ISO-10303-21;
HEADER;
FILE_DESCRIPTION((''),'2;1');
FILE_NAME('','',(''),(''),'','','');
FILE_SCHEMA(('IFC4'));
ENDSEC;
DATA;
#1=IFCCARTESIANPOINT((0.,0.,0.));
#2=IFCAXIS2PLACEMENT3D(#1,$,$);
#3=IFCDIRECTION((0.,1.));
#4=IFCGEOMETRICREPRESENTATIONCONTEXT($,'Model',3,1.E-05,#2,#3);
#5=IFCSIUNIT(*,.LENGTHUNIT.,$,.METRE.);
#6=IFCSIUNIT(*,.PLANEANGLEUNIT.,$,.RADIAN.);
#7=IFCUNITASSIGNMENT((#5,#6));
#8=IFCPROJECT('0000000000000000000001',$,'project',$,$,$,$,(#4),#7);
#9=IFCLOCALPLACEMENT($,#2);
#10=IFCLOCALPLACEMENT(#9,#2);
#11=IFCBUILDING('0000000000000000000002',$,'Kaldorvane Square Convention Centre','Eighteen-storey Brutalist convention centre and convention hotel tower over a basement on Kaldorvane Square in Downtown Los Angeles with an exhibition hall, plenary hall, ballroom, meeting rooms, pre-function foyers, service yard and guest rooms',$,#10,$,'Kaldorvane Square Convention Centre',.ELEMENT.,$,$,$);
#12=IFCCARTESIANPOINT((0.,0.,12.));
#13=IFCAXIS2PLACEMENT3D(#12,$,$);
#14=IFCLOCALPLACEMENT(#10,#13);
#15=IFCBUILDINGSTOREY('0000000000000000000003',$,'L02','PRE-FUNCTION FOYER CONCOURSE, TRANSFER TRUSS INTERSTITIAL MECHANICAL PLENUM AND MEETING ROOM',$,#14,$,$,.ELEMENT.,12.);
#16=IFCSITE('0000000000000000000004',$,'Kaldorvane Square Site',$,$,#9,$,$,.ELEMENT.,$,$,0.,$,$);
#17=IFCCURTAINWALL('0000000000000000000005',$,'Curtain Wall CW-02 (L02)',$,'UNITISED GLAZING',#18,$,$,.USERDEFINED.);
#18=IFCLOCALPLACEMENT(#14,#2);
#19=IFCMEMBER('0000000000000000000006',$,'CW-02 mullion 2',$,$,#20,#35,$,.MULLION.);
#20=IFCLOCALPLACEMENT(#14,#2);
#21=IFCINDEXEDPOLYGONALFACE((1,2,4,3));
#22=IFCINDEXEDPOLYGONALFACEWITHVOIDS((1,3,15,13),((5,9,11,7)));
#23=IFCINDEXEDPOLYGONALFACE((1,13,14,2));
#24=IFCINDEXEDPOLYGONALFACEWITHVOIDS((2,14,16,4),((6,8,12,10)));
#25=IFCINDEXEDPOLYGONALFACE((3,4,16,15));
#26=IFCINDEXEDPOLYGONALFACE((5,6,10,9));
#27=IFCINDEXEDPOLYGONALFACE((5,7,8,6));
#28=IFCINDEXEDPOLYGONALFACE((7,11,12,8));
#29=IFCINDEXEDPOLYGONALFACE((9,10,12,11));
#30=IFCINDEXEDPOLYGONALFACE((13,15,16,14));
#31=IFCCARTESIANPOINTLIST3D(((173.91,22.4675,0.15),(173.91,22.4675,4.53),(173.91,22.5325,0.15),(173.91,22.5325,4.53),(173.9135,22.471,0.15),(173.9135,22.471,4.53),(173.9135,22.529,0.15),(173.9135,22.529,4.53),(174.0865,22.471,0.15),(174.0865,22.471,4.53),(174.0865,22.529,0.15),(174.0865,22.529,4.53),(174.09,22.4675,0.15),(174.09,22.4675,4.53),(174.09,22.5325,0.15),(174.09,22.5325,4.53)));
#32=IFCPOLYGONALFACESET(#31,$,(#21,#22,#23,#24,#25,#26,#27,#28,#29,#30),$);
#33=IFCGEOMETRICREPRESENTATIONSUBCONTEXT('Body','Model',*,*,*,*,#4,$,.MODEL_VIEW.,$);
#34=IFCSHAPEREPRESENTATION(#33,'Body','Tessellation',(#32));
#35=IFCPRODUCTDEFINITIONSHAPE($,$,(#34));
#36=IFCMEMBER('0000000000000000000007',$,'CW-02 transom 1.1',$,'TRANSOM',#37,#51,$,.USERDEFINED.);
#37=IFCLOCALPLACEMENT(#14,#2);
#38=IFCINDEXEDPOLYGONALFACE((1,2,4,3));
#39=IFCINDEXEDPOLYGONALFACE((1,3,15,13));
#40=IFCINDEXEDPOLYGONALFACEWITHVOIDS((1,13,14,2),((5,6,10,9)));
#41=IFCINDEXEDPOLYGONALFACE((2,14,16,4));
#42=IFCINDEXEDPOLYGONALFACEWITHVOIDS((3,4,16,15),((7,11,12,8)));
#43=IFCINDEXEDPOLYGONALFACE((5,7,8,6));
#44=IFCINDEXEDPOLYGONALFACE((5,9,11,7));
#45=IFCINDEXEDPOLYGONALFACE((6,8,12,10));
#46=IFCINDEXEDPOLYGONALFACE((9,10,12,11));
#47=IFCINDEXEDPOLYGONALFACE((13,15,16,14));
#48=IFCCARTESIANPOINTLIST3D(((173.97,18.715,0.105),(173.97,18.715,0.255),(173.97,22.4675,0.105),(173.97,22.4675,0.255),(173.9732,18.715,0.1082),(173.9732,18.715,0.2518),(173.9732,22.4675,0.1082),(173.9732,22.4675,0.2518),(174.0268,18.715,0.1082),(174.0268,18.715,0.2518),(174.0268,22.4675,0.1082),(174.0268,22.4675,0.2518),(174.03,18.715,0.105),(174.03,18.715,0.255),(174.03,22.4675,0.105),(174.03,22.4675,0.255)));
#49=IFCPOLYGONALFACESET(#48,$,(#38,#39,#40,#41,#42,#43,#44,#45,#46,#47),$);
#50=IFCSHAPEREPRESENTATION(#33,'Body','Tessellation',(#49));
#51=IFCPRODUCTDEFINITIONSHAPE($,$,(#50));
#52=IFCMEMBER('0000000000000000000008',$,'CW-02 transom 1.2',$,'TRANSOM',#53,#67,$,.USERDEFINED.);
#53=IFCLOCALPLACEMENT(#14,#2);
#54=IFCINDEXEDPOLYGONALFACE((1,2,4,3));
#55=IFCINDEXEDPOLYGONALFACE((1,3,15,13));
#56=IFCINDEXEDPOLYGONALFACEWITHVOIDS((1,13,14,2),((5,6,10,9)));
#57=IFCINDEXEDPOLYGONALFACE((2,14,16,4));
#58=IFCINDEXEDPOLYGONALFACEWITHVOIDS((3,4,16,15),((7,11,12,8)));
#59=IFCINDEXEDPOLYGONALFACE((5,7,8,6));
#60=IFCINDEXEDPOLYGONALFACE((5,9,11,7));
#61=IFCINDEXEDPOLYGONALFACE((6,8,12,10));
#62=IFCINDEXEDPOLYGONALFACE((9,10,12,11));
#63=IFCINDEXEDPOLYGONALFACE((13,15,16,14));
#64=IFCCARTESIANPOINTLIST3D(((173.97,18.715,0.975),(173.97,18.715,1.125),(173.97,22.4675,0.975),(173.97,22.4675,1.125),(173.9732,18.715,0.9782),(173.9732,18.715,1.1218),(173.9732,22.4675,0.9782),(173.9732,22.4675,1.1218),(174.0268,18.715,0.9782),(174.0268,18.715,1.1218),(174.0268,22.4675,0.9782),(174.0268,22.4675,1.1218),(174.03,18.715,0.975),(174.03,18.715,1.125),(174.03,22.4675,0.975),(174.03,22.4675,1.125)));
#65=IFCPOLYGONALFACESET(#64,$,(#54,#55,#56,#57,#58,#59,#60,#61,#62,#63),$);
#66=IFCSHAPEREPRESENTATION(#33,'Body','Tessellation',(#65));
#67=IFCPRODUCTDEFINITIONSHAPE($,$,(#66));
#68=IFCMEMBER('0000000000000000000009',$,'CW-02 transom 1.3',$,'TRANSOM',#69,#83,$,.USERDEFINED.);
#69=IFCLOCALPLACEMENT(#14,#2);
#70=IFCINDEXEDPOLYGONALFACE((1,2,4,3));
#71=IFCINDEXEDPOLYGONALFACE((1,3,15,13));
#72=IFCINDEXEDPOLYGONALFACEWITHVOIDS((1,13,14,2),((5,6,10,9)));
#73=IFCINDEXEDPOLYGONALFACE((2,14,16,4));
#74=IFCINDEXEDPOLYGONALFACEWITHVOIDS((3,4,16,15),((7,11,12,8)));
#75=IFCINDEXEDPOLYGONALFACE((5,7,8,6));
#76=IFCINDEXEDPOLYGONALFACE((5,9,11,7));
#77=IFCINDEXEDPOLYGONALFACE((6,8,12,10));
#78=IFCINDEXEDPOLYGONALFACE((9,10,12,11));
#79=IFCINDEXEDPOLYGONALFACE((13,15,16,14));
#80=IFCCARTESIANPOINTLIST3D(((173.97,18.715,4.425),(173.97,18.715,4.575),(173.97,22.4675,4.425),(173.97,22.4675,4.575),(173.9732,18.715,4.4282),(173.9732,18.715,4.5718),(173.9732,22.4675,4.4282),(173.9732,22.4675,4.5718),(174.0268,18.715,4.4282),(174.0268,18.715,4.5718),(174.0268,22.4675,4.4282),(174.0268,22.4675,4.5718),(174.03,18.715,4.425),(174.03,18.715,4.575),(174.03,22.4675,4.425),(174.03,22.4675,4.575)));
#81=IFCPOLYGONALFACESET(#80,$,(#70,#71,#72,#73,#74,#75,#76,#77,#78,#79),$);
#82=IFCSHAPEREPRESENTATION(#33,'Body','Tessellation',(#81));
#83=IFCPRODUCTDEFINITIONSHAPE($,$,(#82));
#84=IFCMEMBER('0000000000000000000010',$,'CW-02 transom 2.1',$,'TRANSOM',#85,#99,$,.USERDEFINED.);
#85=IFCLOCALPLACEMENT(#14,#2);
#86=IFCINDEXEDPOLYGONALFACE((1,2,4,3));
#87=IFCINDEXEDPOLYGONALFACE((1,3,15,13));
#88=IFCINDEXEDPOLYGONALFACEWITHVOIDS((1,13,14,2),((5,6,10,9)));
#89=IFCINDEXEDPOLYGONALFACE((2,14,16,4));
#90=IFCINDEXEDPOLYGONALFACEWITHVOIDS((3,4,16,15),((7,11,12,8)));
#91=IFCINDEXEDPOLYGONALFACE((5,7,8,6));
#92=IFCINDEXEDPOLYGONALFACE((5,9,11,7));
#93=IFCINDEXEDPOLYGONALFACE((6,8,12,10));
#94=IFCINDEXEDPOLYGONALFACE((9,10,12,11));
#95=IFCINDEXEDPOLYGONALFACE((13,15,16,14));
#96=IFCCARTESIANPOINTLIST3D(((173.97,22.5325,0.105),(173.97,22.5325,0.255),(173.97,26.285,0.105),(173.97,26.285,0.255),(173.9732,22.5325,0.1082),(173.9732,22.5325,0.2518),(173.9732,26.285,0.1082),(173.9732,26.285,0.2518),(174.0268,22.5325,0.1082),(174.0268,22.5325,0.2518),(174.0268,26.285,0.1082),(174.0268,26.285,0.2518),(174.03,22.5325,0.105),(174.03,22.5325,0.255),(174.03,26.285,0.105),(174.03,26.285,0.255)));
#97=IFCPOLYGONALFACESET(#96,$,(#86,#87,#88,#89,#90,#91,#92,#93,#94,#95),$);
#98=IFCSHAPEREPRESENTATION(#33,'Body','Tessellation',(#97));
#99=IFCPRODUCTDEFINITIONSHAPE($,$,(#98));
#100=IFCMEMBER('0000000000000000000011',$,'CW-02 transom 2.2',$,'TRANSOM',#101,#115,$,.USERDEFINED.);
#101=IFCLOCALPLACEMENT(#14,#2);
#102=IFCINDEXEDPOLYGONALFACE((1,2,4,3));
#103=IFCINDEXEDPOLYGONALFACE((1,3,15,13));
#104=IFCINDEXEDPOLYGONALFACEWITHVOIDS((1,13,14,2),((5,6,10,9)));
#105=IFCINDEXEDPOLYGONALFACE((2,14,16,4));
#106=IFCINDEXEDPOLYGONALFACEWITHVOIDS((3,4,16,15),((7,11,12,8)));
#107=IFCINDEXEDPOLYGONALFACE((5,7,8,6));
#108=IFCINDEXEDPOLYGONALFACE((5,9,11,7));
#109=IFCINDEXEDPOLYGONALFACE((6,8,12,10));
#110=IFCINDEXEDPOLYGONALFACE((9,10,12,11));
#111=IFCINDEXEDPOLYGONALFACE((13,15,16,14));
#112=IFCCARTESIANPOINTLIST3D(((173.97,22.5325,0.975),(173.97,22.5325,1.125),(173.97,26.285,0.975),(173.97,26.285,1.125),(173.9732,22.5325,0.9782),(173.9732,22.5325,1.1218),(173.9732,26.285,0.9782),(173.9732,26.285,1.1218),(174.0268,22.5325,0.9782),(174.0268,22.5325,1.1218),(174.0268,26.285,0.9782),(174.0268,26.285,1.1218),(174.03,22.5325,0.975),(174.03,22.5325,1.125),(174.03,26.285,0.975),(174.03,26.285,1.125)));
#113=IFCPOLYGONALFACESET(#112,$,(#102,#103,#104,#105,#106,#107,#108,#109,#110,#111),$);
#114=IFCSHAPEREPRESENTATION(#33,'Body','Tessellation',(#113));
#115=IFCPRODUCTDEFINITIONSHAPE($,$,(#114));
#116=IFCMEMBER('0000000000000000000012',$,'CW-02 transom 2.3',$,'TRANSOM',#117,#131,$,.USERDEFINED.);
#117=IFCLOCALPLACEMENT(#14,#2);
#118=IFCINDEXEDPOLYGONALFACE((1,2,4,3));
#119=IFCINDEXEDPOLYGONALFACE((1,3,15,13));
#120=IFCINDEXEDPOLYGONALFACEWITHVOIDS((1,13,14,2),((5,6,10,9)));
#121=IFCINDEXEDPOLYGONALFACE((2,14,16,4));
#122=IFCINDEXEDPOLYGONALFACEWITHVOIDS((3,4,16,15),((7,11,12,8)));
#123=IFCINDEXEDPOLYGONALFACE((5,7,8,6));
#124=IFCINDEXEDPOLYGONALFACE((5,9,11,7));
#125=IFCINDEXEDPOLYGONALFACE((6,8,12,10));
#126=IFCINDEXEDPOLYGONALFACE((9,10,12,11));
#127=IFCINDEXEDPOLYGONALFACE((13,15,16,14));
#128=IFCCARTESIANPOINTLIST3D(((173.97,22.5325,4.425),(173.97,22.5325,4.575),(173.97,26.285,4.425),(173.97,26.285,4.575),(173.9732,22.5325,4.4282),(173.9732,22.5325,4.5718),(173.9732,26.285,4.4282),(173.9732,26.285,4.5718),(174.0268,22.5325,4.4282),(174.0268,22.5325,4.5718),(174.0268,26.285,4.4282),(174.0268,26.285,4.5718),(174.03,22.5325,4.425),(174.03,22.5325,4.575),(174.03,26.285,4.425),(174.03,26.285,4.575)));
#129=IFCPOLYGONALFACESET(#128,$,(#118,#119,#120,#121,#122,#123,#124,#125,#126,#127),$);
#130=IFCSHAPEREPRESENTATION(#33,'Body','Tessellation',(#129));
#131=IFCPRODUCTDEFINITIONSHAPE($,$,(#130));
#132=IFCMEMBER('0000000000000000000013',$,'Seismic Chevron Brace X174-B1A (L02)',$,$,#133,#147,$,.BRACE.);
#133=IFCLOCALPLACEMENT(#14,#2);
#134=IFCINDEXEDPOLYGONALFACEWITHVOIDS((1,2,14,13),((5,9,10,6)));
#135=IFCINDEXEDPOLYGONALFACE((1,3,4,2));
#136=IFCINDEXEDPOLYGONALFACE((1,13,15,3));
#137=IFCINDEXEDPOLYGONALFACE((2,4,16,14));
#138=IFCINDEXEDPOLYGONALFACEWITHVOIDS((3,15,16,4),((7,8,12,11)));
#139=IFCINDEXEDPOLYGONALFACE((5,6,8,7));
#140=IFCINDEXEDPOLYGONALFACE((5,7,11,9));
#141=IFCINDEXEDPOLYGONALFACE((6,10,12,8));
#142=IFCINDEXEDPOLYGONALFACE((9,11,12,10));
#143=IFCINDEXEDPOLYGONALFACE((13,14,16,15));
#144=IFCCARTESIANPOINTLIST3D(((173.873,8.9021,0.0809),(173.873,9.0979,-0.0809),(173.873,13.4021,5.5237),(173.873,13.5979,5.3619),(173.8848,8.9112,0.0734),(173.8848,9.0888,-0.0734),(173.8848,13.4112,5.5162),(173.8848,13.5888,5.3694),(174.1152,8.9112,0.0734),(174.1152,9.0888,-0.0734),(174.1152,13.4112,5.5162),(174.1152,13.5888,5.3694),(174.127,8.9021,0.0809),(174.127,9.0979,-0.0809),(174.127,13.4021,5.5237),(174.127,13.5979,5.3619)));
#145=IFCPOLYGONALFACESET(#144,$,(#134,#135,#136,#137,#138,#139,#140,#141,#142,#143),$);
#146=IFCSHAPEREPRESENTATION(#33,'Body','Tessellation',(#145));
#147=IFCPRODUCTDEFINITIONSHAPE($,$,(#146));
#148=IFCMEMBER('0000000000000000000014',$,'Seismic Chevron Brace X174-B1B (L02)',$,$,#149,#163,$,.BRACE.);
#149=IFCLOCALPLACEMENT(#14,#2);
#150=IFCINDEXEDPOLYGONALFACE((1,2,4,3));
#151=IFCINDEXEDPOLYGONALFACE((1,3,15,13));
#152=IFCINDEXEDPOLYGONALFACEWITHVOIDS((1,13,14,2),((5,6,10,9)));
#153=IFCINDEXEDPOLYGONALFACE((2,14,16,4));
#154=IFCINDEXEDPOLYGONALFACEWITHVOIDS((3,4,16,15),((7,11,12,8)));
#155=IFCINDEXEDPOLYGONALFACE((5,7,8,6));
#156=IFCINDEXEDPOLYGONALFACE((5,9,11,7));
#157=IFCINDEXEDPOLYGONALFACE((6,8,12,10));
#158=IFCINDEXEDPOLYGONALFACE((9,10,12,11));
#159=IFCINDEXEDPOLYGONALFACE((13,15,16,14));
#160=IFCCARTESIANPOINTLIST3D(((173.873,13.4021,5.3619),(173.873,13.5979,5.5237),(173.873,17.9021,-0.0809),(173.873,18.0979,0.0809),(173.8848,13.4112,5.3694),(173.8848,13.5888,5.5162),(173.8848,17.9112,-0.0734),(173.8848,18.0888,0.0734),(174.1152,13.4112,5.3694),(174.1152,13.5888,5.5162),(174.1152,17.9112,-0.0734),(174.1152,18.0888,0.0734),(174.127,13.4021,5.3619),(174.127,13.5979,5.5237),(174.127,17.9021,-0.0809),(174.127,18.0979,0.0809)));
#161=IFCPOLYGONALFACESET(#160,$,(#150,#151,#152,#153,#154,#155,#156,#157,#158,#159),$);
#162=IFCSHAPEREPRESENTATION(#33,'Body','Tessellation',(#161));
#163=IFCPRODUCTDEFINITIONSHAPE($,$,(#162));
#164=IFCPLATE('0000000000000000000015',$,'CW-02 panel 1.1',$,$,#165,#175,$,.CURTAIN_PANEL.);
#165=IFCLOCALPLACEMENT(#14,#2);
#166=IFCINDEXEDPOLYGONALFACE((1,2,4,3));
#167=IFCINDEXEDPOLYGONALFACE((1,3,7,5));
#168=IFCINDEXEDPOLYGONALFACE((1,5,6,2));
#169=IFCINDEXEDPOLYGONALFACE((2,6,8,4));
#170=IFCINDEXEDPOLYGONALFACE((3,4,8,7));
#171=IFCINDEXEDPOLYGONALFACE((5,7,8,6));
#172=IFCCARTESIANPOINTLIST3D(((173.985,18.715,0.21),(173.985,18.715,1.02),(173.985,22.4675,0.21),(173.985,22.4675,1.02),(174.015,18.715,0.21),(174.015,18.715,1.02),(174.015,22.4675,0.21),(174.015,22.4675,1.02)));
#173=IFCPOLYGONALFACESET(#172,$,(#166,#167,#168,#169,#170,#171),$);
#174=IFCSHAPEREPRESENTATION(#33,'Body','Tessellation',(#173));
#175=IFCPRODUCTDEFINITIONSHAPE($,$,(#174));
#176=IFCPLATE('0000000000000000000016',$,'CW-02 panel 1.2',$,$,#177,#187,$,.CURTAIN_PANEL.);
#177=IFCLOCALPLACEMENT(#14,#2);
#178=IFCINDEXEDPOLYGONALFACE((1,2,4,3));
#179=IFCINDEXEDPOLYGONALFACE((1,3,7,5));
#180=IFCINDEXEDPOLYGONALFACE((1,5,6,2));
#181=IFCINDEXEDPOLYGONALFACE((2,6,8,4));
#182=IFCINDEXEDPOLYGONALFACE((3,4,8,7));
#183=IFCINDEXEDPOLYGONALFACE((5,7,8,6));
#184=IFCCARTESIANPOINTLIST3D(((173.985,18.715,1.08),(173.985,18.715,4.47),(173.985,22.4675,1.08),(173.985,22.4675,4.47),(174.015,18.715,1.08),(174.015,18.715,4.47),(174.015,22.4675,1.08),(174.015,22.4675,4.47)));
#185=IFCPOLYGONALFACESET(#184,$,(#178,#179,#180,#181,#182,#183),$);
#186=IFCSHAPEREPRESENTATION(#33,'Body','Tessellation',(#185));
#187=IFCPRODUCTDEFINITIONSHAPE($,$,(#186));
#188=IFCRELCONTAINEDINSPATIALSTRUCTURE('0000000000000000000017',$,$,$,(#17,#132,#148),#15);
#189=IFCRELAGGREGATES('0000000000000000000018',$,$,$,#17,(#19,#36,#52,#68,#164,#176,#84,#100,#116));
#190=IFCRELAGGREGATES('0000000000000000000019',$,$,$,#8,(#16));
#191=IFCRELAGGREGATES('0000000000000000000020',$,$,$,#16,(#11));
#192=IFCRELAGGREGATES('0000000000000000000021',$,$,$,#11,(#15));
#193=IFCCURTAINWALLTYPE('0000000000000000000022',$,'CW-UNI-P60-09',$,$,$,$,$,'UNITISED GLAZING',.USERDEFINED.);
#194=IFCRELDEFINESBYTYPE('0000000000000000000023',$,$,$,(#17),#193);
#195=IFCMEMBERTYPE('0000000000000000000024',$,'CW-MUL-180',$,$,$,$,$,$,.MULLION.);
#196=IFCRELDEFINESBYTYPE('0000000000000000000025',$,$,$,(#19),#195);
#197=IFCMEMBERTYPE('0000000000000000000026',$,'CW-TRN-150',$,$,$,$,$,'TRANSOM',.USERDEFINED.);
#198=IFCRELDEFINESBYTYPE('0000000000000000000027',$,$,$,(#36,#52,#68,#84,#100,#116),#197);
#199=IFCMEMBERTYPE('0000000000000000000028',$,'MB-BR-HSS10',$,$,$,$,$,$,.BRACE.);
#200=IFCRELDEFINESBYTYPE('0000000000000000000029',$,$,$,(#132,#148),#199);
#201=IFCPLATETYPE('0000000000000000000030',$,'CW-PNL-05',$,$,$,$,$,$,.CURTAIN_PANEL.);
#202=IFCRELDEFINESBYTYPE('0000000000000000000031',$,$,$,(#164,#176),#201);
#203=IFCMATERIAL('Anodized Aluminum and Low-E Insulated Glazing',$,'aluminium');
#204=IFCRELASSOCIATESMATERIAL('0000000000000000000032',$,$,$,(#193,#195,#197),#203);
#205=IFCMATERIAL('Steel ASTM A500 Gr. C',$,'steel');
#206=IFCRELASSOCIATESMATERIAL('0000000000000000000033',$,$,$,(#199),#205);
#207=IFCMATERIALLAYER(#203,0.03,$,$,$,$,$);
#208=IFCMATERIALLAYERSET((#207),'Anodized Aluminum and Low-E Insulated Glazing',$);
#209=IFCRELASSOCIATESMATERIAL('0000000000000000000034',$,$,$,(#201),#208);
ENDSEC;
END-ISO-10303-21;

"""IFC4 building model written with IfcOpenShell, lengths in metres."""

from ifc_helpers import new_model, si_unit, direction, frame, origin, origin_2d, place, context, subcontext, project, spatial, rectangle, hollow_rectangle, extrude, material, layer, layer_set, material_profile, profile_set, type_object, element, aggregate, save


model = new_model("IFC4")

# Units and contexts
model_context = context("Model", 3, precision=1e-05, world=origin(), true_north=direction((0.0, 1.0)))
body_context = subcontext(model_context, "Body", "Model", "MODEL_VIEW")
ifc_project = project(units=[si_unit("LENGTHUNIT", "METRE"), si_unit("PLANEANGLEUNIT", "RADIAN")], contexts=[model_context])

# Site, building, storey
site_placement = place(None, origin())
site = spatial("IfcSite", under=ifc_project, at=site_placement, Name="Kaldorvane Square Site", CompositionType="ELEMENT", RefElevation=0.0)
building_placement = place(site_placement, origin())
building = spatial("IfcBuilding", under=site, at=building_placement, Name="Kaldorvane Square Convention Centre", Description="Eighteen-storey Brutalist convention centre and convention hotel tower over a basement on Kaldorvane Square in Downtown Los Angeles with an exhibition hall, plenary hall, ballroom, meeting rooms, pre-function foyers, service yard and guest rooms", LongName="Kaldorvane Square Convention Centre", CompositionType="ELEMENT")
storey_placement = place(building_placement, frame((0.0, 0.0, 12.0)))
storey = spatial("IfcBuildingStorey", under=building, at=storey_placement, Name="L02", Description="PRE-FUNCTION FOYER CONCOURSE, TRANSFER TRUSS INTERSTITIAL MECHANICAL PLENUM AND MEETING ROOM", CompositionType="ELEMENT", Elevation=12.0)

# Shared definitions
ifc_material_1 = material(Name="Steel ASTM A500 Gr. C", Category="steel")

# Curtain wall, members
ifc_material_2 = material(Name="Anodized Aluminum and Low-E Insulated Glazing", Category="aluminium")
curtain_wall_type = type_object("IfcCurtainWallType", Name="CW-UNI-P60-09", ElementType="UNITISED GLAZING", PredefinedType="USERDEFINED", material=ifc_material_2)
curtain_wall_placement = place(storey_placement, origin())
curtain_wall = element("IfcCurtainWall", 1, at=curtain_wall_placement, inside=storey, type_object=curtain_wall_type, Name="Curtain Wall CW-02 (L02)", ObjectType="UNITISED GLAZING", PredefinedType="USERDEFINED")
ifc_material_profile_1 = material_profile(ifc_material_2, hollow_rectangle(XDim=0.065, YDim=0.18, WallThickness=0.0035, at=origin_2d()), Name="CWM-180X65")
ifc_profile_set_1 = profile_set([ifc_material_profile_1], Name="Anodized Aluminum and Low-E Insulated Glazing")
member_type_1 = type_object("IfcMemberType", Name="CW-MUL-180", PredefinedType="MULLION", material=ifc_profile_set_1)
member_1_placement = place(storey_placement, frame((174.0, 22.5, 0.15), z_axis=(0.0, 0.0, 1.0), x_axis=(0.0, 1.0, 0.0)))
member_1 = element("IfcMember", 2, at=member_1_placement, type_object=member_type_1, Name="CW-02 mullion 2", PredefinedType="MULLION", context=body_context, shape_type="SweptSolid", body=[
    extrude(hollow_rectangle(XDim=0.065, YDim=0.18, WallThickness=0.0035, at=origin_2d()), origin(), (0.0, 0.0, 1.0), 4.38),
])
ifc_material_profile_2 = material_profile(ifc_material_2, hollow_rectangle(XDim=0.06, YDim=0.15, WallThickness=0.0032, at=origin_2d()), Name="CWT-150X60")
ifc_profile_set_2 = profile_set([ifc_material_profile_2], Name="Anodized Aluminum and Low-E Insulated Glazing")
member_type_2 = type_object("IfcMemberType", Name="CW-TRN-150", ElementType="TRANSOM", PredefinedType="USERDEFINED", material=ifc_profile_set_2)
member_2_placement = place(storey_placement, frame((174.0, 18.715, 0.18), z_axis=(0.0, 1.0, 0.0), x_axis=(-1.0, 0.0, 0.0)))
member_2 = element("IfcMember", 3, at=member_2_placement, type_object=member_type_2, Name="CW-02 transom 1.1", ObjectType="TRANSOM", PredefinedType="USERDEFINED", context=body_context, shape_type="SweptSolid", body=[
    extrude(hollow_rectangle(XDim=0.06, YDim=0.15, WallThickness=0.0032, at=origin_2d()), origin(), (0.0, 0.0, 1.0), 3.7525),
])
member_3_placement = place(storey_placement, frame((174.0, 18.715, 1.05), z_axis=(0.0, 1.0, 0.0), x_axis=(-1.0, 0.0, 0.0)))
member_3 = element("IfcMember", 4, at=member_3_placement, type_object=member_type_2, Name="CW-02 transom 1.2", ObjectType="TRANSOM", PredefinedType="USERDEFINED", context=body_context, shape_type="SweptSolid", body=[
    extrude(hollow_rectangle(XDim=0.06, YDim=0.15, WallThickness=0.0032, at=origin_2d()), origin(), (0.0, 0.0, 1.0), 3.7525),
])
member_4_placement = place(storey_placement, frame((174.0, 18.715, 4.5), z_axis=(0.0, 1.0, 0.0), x_axis=(-1.0, 0.0, 0.0)))
member_4 = element("IfcMember", 5, at=member_4_placement, type_object=member_type_2, Name="CW-02 transom 1.3", ObjectType="TRANSOM", PredefinedType="USERDEFINED", context=body_context, shape_type="SweptSolid", body=[
    extrude(hollow_rectangle(XDim=0.06, YDim=0.15, WallThickness=0.0032, at=origin_2d()), origin(), (0.0, 0.0, 1.0), 3.7525),
])
member_5_placement = place(storey_placement, frame((174.0, 22.5325, 0.18), z_axis=(0.0, 1.0, 0.0), x_axis=(-1.0, 0.0, 0.0)))
member_5 = element("IfcMember", 6, at=member_5_placement, type_object=member_type_2, Name="CW-02 transom 2.1", ObjectType="TRANSOM", PredefinedType="USERDEFINED", context=body_context, shape_type="SweptSolid", body=[
    extrude(hollow_rectangle(XDim=0.06, YDim=0.15, WallThickness=0.0032, at=origin_2d()), origin(), (0.0, 0.0, 1.0), 3.7525),
])
member_6_placement = place(storey_placement, frame((174.0, 22.5325, 1.05), z_axis=(0.0, 1.0, 0.0), x_axis=(-1.0, 0.0, 0.0)))
member_6 = element("IfcMember", 7, at=member_6_placement, type_object=member_type_2, Name="CW-02 transom 2.2", ObjectType="TRANSOM", PredefinedType="USERDEFINED", context=body_context, shape_type="SweptSolid", body=[
    extrude(hollow_rectangle(XDim=0.06, YDim=0.15, WallThickness=0.0032, at=origin_2d()), origin(), (0.0, 0.0, 1.0), 3.7525),
])
member_7_placement = place(storey_placement, frame((174.0, 22.5325, 4.5), z_axis=(0.0, 1.0, 0.0), x_axis=(-1.0, 0.0, 0.0)))
member_7 = element("IfcMember", 8, at=member_7_placement, type_object=member_type_2, Name="CW-02 transom 2.3", ObjectType="TRANSOM", PredefinedType="USERDEFINED", context=body_context, shape_type="SweptSolid", body=[
    extrude(hollow_rectangle(XDim=0.06, YDim=0.15, WallThickness=0.0032, at=origin_2d()), origin(), (0.0, 0.0, 1.0), 3.7525),
])

# Members
ifc_material_profile_3 = material_profile(ifc_material_1, hollow_rectangle(XDim=0.254, YDim=0.254, WallThickness=0.0118, at=origin_2d()), Name="HSS10X10X1/2")
ifc_profile_set_3 = profile_set([ifc_material_profile_3], Name="Steel ASTM A500 Gr. C")
member_type_3 = type_object("IfcMemberType", Name="MB-BR-HSS10", PredefinedType="BRACE", material=ifc_profile_set_3)
for number, where, z_axis, x_axis, name in (
    (9, (174.0, 9.0, 0.0), (0.0, 0.637199, 0.770699), (-1.0, 0.0, 0.0), "Seismic Chevron Brace X174-B1A (L02)"),
    (10, (174.0, 18.0, 0.0), (0.0, -0.637199, 0.770699), (1.0, 0.0, 0.0), "Seismic Chevron Brace X174-B1B (L02)"),
):
    element("IfcMember", number, at=place(storey_placement, frame(where, z_axis=z_axis, x_axis=x_axis)), inside=storey, type_object=member_type_3, Name=name, PredefinedType="BRACE", context=body_context, shape_type="SweptSolid", body=[
        extrude(hollow_rectangle(XDim=0.254, YDim=0.254, WallThickness=0.0118, at=origin_2d()), origin(), (0.0, 0.0, 1.0), 7.0621),
    ])

# Plates
ifc_layer_1 = layer(ifc_material_2, 0.03)
ifc_layer_set_1 = layer_set([ifc_layer_1], Name="Anodized Aluminum and Low-E Insulated Glazing")
plate_type = type_object("IfcPlateType", Name="CW-PNL-05", PredefinedType="CURTAIN_PANEL", material=ifc_layer_set_1)
plate_1_placement = place(storey_placement, frame((174.0, 20.5912, 0.21), z_axis=(0.0, 0.0, 1.0), x_axis=(0.0, 1.0, 0.0)))
plate_1 = element("IfcPlate", 11, at=plate_1_placement, type_object=plate_type, Name="CW-02 panel 1.1", PredefinedType="CURTAIN_PANEL", context=body_context, shape_type="SweptSolid", body=[
    extrude(rectangle(XDim=3.7525, YDim=0.03, at=origin_2d()), origin(), (0.0, 0.0, 1.0), 0.81),
])
plate_2_placement = place(storey_placement, frame((174.0, 20.5912, 1.08), z_axis=(0.0, 0.0, 1.0), x_axis=(0.0, 1.0, 0.0)))
plate_2 = element("IfcPlate", 12, at=plate_2_placement, type_object=plate_type, Name="CW-02 panel 1.2", PredefinedType="CURTAIN_PANEL", context=body_context, shape_type="SweptSolid", body=[
    extrude(rectangle(XDim=3.7525, YDim=0.03, at=origin_2d()), origin(), (0.0, 0.0, 1.0), 3.39),
])
aggregate(curtain_wall, [member_1, member_2, member_3, member_4, plate_1, plate_2, member_5, member_6, member_7])

save(model, "model.ifc")
